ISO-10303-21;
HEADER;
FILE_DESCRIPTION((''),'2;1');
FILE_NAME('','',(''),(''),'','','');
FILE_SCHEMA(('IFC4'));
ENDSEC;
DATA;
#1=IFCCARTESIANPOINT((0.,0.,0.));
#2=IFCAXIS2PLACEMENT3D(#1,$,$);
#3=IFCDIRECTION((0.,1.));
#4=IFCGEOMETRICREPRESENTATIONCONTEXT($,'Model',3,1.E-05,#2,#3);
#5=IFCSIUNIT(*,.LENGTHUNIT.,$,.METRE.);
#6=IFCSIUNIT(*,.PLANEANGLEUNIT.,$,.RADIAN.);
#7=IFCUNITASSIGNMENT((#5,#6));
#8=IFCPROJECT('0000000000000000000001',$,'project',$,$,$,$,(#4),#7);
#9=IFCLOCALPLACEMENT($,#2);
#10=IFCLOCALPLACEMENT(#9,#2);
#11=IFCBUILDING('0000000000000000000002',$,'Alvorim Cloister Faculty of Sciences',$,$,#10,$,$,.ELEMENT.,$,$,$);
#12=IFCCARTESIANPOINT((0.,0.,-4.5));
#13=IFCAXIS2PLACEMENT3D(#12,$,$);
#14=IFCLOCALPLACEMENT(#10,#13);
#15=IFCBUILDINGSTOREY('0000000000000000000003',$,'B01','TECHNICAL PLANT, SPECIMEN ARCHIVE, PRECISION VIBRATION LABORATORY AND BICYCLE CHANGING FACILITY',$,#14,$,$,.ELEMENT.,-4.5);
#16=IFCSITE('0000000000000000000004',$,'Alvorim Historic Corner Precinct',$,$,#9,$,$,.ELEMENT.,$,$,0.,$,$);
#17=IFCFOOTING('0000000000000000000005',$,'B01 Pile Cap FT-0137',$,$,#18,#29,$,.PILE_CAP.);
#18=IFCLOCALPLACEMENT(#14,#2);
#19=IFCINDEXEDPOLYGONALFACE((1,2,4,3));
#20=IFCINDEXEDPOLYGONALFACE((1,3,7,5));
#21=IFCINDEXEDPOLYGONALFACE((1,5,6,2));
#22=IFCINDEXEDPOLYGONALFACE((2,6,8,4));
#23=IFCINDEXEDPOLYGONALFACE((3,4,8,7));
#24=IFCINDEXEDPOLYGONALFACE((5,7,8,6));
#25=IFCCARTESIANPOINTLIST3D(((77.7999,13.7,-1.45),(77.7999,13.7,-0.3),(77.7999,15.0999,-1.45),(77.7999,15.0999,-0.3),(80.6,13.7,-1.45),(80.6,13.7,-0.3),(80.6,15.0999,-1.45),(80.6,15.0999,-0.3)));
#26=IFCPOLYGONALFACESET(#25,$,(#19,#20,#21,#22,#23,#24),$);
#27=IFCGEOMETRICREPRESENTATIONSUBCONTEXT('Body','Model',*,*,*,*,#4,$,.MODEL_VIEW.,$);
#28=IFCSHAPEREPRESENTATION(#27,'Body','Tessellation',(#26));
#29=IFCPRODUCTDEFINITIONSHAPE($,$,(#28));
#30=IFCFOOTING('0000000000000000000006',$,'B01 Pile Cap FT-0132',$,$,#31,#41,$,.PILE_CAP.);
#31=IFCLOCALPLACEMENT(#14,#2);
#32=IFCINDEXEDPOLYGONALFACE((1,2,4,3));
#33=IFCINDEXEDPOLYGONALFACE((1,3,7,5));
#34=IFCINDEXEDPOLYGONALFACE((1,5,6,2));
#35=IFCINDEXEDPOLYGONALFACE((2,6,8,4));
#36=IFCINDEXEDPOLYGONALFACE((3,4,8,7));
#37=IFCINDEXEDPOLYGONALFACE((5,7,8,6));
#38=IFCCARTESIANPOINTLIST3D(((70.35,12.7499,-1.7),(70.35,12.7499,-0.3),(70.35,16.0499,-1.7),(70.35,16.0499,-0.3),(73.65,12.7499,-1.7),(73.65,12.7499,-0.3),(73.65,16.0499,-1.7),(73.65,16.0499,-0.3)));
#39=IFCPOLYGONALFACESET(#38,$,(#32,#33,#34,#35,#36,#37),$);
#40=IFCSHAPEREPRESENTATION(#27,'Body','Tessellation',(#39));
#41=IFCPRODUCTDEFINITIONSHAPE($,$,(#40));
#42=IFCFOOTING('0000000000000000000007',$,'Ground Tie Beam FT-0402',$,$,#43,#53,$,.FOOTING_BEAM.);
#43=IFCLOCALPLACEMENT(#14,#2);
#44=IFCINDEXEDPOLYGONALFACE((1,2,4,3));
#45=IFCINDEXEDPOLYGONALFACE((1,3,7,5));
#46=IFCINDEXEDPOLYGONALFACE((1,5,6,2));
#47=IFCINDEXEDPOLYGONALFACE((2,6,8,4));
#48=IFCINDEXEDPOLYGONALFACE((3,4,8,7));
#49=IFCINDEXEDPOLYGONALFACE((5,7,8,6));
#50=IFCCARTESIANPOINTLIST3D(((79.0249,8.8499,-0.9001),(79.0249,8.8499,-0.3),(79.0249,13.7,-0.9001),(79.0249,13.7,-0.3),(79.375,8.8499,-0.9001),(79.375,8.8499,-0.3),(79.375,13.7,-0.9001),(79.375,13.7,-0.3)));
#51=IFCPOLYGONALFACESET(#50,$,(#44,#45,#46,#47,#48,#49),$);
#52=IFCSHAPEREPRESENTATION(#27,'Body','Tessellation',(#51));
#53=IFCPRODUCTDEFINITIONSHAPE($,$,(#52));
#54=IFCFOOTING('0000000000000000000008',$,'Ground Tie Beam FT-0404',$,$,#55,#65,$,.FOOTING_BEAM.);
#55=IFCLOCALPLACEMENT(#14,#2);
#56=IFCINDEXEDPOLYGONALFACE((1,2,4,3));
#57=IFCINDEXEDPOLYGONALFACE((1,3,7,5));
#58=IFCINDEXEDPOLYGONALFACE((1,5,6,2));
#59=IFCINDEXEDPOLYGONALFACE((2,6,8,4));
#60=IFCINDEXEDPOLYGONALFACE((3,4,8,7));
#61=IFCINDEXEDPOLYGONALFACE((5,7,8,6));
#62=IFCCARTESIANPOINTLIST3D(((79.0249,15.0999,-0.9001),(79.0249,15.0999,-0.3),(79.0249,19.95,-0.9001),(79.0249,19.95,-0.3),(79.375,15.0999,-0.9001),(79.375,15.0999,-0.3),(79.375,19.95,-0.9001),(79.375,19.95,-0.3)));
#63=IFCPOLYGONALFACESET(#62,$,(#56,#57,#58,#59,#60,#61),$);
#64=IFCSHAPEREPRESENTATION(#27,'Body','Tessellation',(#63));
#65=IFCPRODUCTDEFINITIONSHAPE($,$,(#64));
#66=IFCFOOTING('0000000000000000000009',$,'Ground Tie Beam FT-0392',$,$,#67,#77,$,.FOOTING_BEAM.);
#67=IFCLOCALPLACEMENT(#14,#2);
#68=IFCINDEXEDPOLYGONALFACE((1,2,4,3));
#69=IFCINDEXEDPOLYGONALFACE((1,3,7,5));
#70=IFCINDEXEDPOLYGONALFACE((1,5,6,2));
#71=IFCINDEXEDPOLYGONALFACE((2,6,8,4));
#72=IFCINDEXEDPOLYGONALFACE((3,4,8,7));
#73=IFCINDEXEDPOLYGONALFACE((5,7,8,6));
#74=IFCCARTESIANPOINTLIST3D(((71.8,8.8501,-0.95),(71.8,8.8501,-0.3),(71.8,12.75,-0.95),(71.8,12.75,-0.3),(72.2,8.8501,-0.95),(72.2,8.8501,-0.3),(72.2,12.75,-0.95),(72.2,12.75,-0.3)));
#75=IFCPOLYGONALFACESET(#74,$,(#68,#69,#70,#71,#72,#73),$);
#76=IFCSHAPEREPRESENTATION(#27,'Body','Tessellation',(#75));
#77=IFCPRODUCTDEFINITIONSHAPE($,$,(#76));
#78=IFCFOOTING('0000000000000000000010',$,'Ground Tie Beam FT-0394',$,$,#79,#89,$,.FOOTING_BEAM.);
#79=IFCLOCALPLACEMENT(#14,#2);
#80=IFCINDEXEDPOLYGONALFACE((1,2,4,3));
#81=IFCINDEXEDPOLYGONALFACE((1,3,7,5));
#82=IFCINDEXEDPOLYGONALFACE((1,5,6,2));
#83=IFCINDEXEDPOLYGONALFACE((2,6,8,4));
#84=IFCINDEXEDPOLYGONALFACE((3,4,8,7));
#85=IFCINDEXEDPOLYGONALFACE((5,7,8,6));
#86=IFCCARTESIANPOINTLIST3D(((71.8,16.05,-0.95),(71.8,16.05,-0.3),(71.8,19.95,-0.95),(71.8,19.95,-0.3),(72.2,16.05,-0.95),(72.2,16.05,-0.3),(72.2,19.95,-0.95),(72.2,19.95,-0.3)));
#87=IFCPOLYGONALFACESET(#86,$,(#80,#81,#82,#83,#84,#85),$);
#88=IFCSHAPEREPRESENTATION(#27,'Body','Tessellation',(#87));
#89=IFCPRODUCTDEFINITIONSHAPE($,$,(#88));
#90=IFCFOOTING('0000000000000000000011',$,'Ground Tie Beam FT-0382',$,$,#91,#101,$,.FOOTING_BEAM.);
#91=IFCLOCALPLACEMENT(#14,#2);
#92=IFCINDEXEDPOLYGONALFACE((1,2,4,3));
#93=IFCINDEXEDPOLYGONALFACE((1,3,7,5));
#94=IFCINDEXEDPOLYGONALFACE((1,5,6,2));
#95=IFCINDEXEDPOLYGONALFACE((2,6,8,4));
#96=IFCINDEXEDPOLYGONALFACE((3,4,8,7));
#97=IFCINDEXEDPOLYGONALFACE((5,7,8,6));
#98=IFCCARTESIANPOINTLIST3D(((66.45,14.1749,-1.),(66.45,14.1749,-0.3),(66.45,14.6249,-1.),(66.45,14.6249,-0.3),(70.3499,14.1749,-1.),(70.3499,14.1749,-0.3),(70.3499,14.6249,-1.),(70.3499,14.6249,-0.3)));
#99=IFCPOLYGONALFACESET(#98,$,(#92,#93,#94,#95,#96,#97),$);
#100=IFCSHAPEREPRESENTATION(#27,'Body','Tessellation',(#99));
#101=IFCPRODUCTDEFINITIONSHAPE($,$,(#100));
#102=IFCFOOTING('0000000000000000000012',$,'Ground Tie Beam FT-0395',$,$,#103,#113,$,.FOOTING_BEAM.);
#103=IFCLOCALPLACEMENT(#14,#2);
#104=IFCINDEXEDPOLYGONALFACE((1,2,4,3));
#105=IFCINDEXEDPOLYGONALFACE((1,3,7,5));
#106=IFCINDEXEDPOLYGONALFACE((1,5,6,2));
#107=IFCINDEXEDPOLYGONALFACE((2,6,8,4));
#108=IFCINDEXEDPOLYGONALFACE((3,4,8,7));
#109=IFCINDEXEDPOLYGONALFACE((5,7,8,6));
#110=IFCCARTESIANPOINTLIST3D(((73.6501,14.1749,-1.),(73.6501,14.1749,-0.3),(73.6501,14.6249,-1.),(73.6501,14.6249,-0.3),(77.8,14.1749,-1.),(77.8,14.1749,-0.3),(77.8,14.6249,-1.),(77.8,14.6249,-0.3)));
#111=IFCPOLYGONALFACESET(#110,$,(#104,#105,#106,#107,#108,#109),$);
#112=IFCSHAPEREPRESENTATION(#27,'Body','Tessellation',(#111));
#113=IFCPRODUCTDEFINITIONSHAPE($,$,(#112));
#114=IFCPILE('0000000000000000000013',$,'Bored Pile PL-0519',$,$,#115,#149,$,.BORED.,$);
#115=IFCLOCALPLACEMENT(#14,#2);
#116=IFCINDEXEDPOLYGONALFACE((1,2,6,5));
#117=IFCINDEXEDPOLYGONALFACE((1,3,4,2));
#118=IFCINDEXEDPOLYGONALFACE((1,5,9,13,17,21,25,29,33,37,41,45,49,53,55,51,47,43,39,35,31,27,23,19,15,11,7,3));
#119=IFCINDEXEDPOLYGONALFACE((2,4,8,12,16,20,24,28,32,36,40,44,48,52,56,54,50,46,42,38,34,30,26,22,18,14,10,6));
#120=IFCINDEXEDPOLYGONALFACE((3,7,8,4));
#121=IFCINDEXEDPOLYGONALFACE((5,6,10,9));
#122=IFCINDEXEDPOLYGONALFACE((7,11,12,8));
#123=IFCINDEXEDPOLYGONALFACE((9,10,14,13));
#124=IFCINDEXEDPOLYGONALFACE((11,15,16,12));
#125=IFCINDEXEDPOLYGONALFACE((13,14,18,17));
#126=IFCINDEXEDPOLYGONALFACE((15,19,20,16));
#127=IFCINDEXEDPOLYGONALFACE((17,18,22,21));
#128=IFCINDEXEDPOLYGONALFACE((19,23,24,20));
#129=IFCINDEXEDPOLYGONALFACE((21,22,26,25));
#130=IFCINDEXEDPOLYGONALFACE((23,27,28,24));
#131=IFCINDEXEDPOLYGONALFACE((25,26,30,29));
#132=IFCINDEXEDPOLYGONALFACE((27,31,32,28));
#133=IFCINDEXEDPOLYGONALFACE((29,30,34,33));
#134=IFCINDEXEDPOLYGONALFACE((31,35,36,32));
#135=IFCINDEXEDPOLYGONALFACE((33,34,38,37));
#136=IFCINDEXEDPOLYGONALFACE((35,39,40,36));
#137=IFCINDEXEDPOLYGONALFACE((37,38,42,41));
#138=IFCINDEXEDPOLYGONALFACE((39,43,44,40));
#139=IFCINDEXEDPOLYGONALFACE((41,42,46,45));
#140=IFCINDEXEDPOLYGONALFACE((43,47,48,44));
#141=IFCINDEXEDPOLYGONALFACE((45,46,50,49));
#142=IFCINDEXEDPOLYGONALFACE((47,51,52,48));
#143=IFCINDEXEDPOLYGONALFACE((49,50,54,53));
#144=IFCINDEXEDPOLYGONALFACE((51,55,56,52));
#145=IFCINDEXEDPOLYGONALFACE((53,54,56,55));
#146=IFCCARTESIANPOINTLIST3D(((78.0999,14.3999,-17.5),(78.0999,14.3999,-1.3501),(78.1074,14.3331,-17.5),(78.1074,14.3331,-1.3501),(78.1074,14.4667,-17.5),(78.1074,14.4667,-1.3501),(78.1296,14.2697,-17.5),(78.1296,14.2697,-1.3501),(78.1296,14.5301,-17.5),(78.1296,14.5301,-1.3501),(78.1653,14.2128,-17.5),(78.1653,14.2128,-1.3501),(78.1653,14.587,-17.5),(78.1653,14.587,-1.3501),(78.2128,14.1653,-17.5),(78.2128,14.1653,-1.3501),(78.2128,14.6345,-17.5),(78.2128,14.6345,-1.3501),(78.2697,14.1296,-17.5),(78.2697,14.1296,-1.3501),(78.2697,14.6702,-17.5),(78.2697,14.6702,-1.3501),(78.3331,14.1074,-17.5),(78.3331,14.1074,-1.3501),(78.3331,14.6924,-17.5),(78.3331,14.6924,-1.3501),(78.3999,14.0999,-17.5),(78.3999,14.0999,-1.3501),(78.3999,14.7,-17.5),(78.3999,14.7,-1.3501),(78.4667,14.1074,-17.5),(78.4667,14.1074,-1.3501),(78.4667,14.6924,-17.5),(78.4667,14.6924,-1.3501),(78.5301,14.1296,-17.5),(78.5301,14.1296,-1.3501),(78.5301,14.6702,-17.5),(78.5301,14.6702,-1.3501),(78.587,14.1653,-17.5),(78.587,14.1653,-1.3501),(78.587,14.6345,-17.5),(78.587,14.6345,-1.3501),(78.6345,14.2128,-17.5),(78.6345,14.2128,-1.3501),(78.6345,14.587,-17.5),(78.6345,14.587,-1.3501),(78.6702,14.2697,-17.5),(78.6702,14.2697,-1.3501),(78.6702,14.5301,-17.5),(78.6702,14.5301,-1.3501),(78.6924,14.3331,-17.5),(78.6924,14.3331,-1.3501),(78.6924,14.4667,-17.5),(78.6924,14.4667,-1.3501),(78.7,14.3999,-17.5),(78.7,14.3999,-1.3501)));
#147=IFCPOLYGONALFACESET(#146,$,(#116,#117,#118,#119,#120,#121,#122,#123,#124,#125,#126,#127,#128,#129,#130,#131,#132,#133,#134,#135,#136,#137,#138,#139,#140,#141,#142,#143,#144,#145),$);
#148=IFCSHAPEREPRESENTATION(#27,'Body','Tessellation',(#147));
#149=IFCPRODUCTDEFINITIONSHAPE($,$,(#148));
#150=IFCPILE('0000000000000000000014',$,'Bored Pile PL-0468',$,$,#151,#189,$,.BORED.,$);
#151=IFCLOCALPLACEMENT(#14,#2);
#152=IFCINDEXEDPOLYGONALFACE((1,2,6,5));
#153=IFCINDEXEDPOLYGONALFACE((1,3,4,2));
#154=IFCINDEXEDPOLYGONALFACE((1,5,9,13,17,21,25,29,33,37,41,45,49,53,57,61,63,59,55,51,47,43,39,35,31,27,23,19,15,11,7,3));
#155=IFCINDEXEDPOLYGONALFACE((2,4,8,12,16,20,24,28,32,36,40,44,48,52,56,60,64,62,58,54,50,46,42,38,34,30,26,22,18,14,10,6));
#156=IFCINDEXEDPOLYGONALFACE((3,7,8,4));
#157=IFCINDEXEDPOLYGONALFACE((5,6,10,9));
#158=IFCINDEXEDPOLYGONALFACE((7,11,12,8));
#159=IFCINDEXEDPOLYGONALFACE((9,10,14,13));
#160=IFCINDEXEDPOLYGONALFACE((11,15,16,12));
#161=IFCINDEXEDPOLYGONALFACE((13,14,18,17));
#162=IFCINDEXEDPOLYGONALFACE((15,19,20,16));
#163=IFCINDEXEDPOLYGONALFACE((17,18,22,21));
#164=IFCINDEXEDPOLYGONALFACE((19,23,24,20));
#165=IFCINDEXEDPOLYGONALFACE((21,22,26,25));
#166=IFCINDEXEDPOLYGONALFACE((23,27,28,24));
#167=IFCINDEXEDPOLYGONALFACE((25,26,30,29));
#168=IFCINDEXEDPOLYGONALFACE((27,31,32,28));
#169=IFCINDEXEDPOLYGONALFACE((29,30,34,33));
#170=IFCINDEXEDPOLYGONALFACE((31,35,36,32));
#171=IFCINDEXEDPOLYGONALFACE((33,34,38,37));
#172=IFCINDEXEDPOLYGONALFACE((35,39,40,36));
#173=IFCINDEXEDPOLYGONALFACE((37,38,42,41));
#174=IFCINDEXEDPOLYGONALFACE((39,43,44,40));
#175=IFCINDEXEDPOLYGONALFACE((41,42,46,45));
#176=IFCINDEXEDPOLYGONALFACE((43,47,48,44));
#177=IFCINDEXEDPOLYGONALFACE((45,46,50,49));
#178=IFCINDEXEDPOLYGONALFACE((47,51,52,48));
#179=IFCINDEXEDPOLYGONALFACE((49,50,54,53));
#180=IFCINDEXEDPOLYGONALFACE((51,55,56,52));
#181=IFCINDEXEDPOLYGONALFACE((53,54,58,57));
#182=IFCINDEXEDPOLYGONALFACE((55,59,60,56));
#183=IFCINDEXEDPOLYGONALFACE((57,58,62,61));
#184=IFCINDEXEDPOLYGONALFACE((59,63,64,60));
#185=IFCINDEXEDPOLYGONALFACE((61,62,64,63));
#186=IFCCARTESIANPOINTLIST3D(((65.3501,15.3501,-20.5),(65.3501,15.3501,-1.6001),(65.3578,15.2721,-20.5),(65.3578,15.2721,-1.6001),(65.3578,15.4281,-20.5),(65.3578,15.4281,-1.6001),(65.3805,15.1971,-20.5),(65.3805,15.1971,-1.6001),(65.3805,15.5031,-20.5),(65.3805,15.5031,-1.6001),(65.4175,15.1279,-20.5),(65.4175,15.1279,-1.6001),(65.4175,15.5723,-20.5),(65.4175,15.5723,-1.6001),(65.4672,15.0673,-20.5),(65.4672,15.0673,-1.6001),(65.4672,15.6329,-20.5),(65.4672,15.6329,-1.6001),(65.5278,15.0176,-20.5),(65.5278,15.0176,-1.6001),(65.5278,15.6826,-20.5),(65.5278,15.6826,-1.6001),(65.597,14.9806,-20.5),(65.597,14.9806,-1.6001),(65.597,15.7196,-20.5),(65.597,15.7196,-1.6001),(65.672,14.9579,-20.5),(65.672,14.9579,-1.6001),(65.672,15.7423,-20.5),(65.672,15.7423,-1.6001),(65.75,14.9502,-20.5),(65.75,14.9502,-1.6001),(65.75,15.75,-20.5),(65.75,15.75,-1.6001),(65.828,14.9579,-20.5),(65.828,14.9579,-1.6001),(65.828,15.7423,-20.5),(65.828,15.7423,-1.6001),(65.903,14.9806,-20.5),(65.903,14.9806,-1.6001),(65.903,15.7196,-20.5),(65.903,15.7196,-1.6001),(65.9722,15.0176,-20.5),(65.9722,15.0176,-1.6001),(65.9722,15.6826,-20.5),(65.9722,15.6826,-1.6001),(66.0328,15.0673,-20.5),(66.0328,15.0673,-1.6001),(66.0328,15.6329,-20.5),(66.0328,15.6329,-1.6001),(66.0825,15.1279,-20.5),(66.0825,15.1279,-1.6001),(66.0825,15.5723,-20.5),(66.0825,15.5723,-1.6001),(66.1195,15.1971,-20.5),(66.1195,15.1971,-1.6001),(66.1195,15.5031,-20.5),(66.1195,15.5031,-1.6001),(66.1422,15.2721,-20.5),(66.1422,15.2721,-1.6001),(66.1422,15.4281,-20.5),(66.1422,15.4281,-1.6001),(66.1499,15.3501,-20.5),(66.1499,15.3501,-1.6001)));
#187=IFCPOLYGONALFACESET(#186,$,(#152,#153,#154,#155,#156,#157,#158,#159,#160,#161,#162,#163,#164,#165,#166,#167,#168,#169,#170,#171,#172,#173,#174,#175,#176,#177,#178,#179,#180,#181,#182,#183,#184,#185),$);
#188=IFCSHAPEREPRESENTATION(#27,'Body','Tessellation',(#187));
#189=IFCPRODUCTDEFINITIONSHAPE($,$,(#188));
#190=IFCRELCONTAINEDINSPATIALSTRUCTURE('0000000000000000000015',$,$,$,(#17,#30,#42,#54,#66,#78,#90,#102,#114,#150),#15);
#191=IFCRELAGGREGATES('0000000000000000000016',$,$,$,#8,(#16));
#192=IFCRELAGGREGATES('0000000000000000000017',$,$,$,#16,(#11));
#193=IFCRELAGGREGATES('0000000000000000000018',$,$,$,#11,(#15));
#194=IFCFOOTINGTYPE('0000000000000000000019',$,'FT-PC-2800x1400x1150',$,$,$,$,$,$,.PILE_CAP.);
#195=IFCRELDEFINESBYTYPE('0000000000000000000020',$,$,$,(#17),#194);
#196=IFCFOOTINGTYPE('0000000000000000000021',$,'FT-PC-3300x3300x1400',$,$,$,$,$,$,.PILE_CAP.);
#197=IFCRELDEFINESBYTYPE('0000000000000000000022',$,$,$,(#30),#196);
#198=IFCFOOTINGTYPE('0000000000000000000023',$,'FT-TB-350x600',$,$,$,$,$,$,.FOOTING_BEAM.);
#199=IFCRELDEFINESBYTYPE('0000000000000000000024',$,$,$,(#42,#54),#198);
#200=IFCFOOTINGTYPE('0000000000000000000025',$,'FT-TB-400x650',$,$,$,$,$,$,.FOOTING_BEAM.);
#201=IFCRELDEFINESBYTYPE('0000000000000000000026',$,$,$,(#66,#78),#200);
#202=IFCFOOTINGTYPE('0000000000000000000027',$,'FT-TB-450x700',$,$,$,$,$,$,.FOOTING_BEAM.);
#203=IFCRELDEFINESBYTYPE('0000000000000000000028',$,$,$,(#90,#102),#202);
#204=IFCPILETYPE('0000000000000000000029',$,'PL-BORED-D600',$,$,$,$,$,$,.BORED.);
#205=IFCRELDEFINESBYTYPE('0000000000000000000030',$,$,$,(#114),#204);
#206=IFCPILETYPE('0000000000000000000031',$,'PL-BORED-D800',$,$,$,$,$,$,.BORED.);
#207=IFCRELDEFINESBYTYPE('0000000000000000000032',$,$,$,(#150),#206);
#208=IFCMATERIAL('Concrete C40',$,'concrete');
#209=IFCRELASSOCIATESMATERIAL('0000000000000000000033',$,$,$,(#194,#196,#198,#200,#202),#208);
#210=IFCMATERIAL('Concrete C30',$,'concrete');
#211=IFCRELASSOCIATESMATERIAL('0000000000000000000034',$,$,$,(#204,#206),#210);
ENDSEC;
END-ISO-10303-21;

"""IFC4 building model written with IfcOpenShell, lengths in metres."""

from ifc_helpers import new_model, si_unit, direction, frame, origin, origin_2d, place, context, subcontext, project, spatial, rectangle, circle, extrude, material, material_profile, profile_set, type_object, element, save


model = new_model("IFC4")

# Units and contexts
model_context = context("Model", 3, precision=1e-05, world=origin(), true_north=direction((0.0, 1.0)))
body_context = subcontext(model_context, "Body", "Model", "MODEL_VIEW")
ifc_project = project(units=[si_unit("LENGTHUNIT", "METRE"), si_unit("PLANEANGLEUNIT", "RADIAN")], contexts=[model_context])

# Site, building, storey
site_placement = place(None, origin())
site = spatial("IfcSite", under=ifc_project, at=site_placement, Name="Alvorim Historic Corner Precinct", CompositionType="ELEMENT", RefElevation=0.0)
building_placement = place(site_placement, origin())
building = spatial("IfcBuilding", under=site, at=building_placement, Name="Alvorim Cloister Faculty of Sciences", CompositionType="ELEMENT")
storey_placement = place(building_placement, frame((0.0, 0.0, -4.5)))
storey = spatial("IfcBuildingStorey", under=building, at=storey_placement, Name="B01", Description="TECHNICAL PLANT, SPECIMEN ARCHIVE, PRECISION VIBRATION LABORATORY AND BICYCLE CHANGING FACILITY", CompositionType="ELEMENT", Elevation=-4.5)

# Footings
ifc_material_1 = material(Name="Concrete C40", Category="concrete")
footing_type_1 = type_object("IfcFootingType", Name="FT-PC-2800x1400x1150", PredefinedType="PILE_CAP", material=ifc_material_1)
footing_1_placement = place(storey_placement, frame((79.2, 14.3999, -1.45), z_axis=(0.0, 0.0, 1.0), x_axis=(1.0, 0.0, 0.0)))
element("IfcFooting", 1, at=footing_1_placement, inside=storey, type_object=footing_type_1, Name="B01 Pile Cap FT-0137", PredefinedType="PILE_CAP", context=body_context, shape_type="SweptSolid", body=[
    extrude(rectangle(XDim=2.8, YDim=1.3999, at=origin_2d()), origin(), (0.0, 0.0, 1.0), 1.1499),
])
footing_type_2 = type_object("IfcFootingType", Name="FT-PC-3300x3300x1400", PredefinedType="PILE_CAP", material=ifc_material_1)
footing_2_placement = place(storey_placement, frame((72.0, 14.3999, -1.7), z_axis=(0.0, 0.0, 1.0), x_axis=(1.0, 0.0, 0.0)))
element("IfcFooting", 2, at=footing_2_placement, inside=storey, type_object=footing_type_2, Name="B01 Pile Cap FT-0132", PredefinedType="PILE_CAP", context=body_context, shape_type="SweptSolid", body=[
    extrude(rectangle(XDim=3.3, YDim=3.3, at=origin_2d()), origin(), (0.0, 0.0, 1.0), 1.3999),
])
footing_type_3 = type_object("IfcFootingType", Name="FT-TB-350x600", PredefinedType="FOOTING_BEAM", material=ifc_material_1)
for number, where, z_axis, x_axis, name in (
    (3, (79.2, 11.2749, -0.9001), (0.0, 0.0, 1.0), (1.0, 0.0, 0.0), "Ground Tie Beam FT-0402"),
    (4, (79.2, 17.5249, -0.9001), (0.0, 0.0, 1.0), (1.0, 0.0, 0.0), "Ground Tie Beam FT-0404"),
):
    element("IfcFooting", number, at=place(storey_placement, frame(where, z_axis=z_axis, x_axis=x_axis)), inside=storey, type_object=footing_type_3, Name=name, PredefinedType="FOOTING_BEAM", context=body_context, shape_type="SweptSolid", body=[
        extrude(rectangle(XDim=0.3501, YDim=4.8501, at=origin_2d()), origin(), (0.0, 0.0, 1.0), 0.6001),
    ])
footing_type_4 = type_object("IfcFootingType", Name="FT-TB-400x650", PredefinedType="FOOTING_BEAM", material=ifc_material_1)
for number, where, z_axis, x_axis, name in (
    (5, (72.0, 10.8, -0.95), (0.0, 0.0, 1.0), (1.0, 0.0, 0.0), "Ground Tie Beam FT-0392"),
    (6, (72.0, 18.0, -0.95), (0.0, 0.0, 1.0), (1.0, 0.0, 0.0), "Ground Tie Beam FT-0394"),
):
    element("IfcFooting", number, at=place(storey_placement, frame(where, z_axis=z_axis, x_axis=x_axis)), inside=storey, type_object=footing_type_4, Name=name, PredefinedType="FOOTING_BEAM", context=body_context, shape_type="SweptSolid", body=[
        extrude(rectangle(XDim=0.3999, YDim=3.8999, at=origin_2d()), origin(), (0.0, 0.0, 1.0), 0.6499),
    ])
footing_type_5 = type_object("IfcFootingType", Name="FT-TB-450x700", PredefinedType="FOOTING_BEAM", material=ifc_material_1)
footing_3_placement = place(storey_placement, frame((68.3999, 14.3999, -1.0), z_axis=(0.0, 0.0, 1.0), x_axis=(1.0, 0.0, 0.0)))
element("IfcFooting", 7, at=footing_3_placement, inside=storey, type_object=footing_type_5, Name="Ground Tie Beam FT-0382", PredefinedType="FOOTING_BEAM", context=body_context, shape_type="SweptSolid", body=[
    extrude(rectangle(XDim=3.8999, YDim=0.45, at=origin_2d()), origin(), (0.0, 0.0, 1.0), 0.7),
])
footing_4_placement = place(storey_placement, frame((75.7251, 14.3999, -1.0), z_axis=(0.0, 0.0, 1.0), x_axis=(1.0, 0.0, 0.0)))
element("IfcFooting", 8, at=footing_4_placement, inside=storey, type_object=footing_type_5, Name="Ground Tie Beam FT-0395", PredefinedType="FOOTING_BEAM", context=body_context, shape_type="SweptSolid", body=[
    extrude(rectangle(XDim=4.1499, YDim=0.45, at=origin_2d()), origin(), (0.0, 0.0, 1.0), 0.7),
])

# Piles
ifc_material_2 = material(Name="Concrete C30", Category="concrete")
ifc_material_profile_1 = material_profile(ifc_material_2, circle(Radius=0.3, at=origin_2d()), Name="PILE-D600")
ifc_profile_set_1 = profile_set([ifc_material_profile_1], Name="Concrete C30")
pile_type_1 = type_object("IfcPileType", Name="PL-BORED-D600", PredefinedType="BORED", material=ifc_profile_set_1)
pile_placement = place(storey_placement, frame((78.3999, 14.3999, -1.3501), z_axis=(0.0, 0.0, -1.0), x_axis=(1.0, 0.0, 0.0)))
element("IfcPile", 9, at=pile_placement, inside=storey, type_object=pile_type_1, Name="Bored Pile PL-0519", PredefinedType="BORED", context=body_context, shape_type="SweptSolid", body=[
    extrude(circle(Radius=0.3, at=origin_2d()), origin(), (0.0, 0.0, 1.0), 16.1499),
])
ifc_material_profile_2 = material_profile(ifc_material_2, circle(Radius=0.3999, at=origin_2d()), Name="PILE-D800")
ifc_profile_set_2 = profile_set([ifc_material_profile_2], Name="Concrete C30")
pile_type_2 = type_object("IfcPileType", Name="PL-BORED-D800", PredefinedType="BORED", material=ifc_profile_set_2)
for number, where, z_axis, x_axis, name in (
    (10, (65.75, 15.3501, -1.6001), (0.0, 0.0, -1.0), (1.0, 0.0, 0.0), "Bored Pile PL-0468"),
):
    element("IfcPile", number, at=place(storey_placement, frame(where, z_axis=z_axis, x_axis=x_axis)), inside=storey, type_object=pile_type_2, Name=name, PredefinedType="BORED", context=body_context, shape_type="SweptSolid", body=[
        extrude(circle(Radius=0.3999, at=origin_2d()), origin(), (0.0, 0.0, 1.0), 18.8999),
    ])

save(model, "model.ifc")
